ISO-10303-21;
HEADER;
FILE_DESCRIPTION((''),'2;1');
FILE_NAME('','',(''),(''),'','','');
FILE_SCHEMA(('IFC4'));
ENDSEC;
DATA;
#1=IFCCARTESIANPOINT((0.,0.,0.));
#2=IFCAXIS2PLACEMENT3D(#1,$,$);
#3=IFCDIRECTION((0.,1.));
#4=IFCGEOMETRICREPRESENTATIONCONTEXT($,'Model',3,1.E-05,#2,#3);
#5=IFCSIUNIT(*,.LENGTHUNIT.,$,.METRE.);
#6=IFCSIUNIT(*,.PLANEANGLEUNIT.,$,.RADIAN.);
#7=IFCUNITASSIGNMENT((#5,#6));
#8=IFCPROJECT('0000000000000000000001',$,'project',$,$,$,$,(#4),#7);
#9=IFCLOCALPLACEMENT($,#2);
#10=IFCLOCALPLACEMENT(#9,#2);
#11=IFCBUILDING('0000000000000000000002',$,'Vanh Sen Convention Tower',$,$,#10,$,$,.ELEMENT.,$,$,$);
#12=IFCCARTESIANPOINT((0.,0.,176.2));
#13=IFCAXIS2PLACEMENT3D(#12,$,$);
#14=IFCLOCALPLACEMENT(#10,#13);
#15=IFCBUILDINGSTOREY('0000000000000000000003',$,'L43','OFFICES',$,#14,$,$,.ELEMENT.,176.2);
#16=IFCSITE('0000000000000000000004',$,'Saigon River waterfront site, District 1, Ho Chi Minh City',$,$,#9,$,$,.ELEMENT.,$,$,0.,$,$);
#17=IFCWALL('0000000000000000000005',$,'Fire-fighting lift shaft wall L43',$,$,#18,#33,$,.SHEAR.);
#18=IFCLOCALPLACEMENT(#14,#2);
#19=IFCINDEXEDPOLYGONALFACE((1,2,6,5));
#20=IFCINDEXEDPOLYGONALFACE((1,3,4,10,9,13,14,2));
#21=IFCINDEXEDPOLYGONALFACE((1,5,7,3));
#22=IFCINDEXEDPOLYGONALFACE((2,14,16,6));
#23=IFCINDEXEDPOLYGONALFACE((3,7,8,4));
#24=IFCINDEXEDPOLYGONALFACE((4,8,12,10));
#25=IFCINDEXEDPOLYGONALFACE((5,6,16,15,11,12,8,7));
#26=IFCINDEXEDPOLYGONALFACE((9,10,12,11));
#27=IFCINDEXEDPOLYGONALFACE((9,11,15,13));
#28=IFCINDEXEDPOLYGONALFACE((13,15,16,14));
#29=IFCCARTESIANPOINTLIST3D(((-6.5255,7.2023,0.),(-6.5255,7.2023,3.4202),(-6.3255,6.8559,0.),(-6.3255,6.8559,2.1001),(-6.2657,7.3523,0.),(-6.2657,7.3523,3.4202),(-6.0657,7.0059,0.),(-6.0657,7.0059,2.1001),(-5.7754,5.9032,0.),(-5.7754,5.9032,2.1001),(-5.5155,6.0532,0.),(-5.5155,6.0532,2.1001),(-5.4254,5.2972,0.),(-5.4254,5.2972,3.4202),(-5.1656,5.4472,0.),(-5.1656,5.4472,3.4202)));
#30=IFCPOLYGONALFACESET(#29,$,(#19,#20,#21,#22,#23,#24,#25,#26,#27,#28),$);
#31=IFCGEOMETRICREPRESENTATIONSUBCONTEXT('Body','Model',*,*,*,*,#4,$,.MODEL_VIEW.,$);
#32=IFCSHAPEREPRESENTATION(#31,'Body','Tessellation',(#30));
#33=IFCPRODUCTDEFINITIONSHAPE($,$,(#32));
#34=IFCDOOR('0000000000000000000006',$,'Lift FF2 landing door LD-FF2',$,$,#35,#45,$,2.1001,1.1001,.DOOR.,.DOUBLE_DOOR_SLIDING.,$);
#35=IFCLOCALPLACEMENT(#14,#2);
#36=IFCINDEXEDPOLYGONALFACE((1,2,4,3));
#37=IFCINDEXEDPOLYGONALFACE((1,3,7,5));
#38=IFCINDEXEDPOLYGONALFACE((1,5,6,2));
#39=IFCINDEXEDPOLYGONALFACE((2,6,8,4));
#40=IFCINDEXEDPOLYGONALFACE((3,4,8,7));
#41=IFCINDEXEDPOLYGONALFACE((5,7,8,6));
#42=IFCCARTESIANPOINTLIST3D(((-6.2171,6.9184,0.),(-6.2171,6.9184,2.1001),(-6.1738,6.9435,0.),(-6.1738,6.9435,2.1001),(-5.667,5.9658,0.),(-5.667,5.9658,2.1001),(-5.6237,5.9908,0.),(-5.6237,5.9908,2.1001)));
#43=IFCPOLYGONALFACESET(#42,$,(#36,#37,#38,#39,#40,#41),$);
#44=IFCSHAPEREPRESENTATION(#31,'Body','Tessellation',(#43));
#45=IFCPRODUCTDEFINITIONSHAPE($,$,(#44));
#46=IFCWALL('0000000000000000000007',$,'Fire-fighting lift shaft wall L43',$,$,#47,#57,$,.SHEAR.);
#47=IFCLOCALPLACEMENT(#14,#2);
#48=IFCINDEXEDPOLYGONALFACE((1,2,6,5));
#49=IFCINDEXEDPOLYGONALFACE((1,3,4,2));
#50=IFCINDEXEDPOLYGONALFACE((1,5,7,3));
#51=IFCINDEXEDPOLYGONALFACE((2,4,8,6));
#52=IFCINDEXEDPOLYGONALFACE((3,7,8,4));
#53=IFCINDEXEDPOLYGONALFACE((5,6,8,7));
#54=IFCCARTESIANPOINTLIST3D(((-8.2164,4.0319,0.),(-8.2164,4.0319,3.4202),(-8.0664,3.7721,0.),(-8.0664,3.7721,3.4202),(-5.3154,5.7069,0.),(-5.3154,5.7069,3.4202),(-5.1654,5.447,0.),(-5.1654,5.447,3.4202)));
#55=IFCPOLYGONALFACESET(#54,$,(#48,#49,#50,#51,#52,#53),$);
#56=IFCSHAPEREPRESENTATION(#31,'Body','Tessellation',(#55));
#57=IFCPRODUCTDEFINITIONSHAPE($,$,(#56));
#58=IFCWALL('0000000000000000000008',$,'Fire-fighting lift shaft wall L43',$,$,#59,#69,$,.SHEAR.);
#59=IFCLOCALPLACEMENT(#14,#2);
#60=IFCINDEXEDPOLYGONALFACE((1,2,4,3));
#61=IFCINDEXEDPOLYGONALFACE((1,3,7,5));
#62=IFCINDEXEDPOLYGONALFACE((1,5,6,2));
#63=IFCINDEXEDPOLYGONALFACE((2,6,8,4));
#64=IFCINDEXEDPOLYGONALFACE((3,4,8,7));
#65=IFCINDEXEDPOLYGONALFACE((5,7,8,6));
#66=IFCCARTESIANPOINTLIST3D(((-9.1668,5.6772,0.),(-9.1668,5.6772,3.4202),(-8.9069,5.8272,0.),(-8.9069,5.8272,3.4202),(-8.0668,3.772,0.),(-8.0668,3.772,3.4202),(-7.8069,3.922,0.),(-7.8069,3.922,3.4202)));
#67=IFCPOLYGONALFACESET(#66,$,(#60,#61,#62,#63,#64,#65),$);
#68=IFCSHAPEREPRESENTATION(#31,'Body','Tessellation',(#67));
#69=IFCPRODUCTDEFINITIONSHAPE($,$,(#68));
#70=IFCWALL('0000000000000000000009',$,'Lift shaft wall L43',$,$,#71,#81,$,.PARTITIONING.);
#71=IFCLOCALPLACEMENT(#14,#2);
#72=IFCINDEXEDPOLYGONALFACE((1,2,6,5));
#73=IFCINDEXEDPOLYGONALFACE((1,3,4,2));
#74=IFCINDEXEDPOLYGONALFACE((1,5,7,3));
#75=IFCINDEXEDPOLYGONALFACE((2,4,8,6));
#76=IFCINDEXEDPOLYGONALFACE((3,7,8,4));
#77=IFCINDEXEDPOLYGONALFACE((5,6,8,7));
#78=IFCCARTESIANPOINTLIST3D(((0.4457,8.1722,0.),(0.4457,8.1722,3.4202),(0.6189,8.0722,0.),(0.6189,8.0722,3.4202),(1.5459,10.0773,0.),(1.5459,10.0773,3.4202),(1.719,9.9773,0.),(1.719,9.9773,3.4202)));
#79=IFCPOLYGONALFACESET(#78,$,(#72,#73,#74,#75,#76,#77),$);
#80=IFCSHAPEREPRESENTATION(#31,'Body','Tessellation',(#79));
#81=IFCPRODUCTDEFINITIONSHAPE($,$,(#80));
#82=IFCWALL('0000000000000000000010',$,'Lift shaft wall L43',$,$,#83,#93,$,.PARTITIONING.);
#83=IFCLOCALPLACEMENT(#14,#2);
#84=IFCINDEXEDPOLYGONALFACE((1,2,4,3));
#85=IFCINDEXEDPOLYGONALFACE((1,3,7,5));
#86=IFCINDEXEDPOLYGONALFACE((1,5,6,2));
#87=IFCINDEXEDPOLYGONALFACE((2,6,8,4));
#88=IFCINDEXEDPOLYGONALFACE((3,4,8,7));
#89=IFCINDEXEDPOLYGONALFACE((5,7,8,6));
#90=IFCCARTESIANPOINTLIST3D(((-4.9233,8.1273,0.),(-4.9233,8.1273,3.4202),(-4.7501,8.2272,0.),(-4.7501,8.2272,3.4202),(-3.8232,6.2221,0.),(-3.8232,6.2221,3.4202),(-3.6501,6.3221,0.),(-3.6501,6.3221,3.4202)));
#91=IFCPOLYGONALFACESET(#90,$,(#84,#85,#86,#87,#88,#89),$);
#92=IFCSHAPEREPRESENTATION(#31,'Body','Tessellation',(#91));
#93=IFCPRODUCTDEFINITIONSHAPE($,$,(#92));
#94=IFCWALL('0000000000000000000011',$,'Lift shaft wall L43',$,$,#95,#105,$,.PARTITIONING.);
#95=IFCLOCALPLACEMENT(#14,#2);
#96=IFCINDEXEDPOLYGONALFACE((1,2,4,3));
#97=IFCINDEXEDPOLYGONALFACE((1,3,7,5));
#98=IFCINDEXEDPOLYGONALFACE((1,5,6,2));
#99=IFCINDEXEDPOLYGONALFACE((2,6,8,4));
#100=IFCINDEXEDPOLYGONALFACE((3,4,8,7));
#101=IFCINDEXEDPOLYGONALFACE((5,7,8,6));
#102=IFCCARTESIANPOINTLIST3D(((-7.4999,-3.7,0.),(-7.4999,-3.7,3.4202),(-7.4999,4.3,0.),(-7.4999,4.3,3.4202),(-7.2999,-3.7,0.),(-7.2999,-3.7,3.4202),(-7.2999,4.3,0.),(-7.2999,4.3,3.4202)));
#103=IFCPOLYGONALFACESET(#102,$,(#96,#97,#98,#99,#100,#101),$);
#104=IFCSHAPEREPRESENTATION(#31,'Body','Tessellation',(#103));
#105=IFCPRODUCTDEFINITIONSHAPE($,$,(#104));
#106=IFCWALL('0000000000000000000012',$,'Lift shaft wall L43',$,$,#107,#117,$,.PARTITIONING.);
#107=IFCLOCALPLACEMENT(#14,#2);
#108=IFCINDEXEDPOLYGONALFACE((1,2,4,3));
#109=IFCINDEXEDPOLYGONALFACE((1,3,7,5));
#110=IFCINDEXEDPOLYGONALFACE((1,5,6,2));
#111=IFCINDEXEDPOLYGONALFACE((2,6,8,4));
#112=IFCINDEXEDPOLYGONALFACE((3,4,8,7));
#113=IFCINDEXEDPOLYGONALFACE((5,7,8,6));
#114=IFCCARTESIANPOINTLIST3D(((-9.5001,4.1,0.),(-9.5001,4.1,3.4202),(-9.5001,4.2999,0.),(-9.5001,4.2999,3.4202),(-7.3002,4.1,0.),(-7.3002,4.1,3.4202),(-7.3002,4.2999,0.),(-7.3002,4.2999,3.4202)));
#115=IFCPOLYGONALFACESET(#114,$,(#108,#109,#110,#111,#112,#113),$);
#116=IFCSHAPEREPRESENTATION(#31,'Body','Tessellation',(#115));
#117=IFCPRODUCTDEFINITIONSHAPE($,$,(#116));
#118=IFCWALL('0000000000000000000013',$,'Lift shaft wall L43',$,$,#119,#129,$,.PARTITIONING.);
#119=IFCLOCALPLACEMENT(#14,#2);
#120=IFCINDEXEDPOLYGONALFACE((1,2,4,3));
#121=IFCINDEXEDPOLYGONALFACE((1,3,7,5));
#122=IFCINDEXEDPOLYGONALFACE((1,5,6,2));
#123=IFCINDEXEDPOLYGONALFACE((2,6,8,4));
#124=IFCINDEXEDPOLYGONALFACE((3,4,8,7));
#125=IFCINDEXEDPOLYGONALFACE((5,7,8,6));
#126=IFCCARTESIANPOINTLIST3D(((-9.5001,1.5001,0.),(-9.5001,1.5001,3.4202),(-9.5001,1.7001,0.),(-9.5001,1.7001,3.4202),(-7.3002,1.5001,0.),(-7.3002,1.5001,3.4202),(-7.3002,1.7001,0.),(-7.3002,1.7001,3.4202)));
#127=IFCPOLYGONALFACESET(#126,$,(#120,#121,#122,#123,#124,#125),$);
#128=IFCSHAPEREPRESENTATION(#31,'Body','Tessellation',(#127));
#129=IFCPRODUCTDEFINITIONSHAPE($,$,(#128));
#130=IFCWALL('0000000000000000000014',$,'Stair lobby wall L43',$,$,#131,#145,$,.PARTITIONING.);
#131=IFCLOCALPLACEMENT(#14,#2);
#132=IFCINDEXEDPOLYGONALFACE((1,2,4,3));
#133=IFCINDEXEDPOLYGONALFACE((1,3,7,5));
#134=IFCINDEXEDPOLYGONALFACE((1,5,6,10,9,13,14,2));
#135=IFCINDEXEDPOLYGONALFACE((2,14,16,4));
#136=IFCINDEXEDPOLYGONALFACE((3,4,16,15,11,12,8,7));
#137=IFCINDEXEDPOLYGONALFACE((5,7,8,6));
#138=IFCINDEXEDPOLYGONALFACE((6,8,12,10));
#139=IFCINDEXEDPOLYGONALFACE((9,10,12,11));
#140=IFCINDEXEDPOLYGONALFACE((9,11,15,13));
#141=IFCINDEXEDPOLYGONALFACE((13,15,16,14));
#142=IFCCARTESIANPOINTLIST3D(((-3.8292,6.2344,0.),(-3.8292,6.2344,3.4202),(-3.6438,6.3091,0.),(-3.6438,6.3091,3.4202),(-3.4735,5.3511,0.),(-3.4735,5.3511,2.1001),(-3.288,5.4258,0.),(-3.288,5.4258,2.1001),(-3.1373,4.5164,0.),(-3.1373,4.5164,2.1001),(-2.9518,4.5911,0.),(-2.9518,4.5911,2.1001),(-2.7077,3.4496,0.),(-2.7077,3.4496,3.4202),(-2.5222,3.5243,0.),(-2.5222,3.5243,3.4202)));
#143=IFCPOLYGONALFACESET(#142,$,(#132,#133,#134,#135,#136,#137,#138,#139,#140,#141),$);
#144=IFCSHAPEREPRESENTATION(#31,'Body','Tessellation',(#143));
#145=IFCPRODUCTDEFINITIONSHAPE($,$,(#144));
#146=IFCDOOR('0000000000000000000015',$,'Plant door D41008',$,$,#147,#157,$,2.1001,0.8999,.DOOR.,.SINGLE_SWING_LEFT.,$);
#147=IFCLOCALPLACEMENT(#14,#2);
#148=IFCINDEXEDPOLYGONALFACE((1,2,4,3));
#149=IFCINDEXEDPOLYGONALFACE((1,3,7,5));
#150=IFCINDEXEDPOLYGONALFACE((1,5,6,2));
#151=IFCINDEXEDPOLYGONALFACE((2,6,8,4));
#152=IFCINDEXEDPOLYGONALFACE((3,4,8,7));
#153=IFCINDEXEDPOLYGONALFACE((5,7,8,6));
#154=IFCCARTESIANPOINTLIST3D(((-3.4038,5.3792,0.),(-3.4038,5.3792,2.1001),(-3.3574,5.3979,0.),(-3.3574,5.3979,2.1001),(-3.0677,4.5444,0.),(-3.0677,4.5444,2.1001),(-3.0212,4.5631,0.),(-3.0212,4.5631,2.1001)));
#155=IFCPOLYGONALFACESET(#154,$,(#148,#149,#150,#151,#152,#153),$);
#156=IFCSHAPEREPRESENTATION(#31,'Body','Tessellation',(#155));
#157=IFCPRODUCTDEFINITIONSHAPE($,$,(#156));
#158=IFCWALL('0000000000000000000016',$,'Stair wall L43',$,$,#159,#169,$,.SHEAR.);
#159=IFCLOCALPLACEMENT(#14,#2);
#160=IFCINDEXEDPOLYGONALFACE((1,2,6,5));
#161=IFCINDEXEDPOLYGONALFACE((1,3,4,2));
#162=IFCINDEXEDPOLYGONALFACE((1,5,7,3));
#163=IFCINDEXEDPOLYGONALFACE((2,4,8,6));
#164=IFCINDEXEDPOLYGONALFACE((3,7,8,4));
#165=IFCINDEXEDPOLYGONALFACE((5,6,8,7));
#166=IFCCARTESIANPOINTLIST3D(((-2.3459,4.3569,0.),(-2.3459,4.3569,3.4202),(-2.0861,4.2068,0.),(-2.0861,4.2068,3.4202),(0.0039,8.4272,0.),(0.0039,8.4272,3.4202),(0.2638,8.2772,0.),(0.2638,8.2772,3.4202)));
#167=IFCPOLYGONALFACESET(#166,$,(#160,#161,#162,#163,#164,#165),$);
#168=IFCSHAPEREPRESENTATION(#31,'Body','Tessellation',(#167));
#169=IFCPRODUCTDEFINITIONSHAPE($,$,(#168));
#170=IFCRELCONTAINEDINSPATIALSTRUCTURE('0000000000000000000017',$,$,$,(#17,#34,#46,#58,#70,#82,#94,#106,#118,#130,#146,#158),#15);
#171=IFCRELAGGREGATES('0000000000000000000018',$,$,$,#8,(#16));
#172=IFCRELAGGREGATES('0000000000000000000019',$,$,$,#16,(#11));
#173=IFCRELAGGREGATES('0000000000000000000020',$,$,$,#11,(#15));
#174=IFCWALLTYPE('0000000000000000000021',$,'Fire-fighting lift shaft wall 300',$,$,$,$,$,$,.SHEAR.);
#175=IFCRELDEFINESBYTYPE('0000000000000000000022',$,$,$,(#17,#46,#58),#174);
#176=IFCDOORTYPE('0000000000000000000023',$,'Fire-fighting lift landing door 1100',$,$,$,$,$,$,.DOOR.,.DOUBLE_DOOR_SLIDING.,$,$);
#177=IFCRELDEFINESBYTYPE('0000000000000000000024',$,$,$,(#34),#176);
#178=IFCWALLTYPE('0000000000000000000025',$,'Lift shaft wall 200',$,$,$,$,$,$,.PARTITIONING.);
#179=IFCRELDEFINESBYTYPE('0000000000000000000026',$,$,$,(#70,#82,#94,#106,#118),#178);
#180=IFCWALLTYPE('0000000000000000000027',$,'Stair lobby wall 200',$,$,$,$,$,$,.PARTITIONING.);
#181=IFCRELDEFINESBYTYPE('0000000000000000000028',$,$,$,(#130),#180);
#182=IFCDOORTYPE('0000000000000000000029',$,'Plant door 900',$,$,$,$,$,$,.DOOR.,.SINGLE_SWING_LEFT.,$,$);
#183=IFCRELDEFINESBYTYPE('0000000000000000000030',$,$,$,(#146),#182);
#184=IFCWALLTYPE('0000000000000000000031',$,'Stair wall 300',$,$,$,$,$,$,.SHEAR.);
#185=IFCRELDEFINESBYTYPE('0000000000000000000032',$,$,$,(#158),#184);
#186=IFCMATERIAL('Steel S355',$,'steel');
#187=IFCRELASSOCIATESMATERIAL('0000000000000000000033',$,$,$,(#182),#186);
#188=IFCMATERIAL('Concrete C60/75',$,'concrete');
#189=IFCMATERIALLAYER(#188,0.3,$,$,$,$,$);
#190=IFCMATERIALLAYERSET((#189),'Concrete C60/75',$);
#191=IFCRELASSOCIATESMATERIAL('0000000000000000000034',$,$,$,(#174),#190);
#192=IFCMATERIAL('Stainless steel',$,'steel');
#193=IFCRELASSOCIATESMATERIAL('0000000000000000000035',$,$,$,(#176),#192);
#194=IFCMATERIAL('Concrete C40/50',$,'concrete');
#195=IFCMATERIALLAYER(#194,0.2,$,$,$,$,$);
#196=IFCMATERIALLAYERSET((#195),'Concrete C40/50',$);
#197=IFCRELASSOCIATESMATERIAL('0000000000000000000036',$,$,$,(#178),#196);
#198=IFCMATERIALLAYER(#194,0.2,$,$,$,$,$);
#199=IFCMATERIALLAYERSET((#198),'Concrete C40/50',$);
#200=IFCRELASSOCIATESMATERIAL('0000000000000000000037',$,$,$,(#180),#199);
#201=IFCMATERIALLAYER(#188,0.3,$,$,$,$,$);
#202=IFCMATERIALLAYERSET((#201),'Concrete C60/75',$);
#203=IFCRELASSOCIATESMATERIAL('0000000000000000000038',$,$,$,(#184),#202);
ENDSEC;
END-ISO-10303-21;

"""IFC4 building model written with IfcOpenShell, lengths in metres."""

from ifc_helpers import new_model, si_unit, direction, frame, frame_2d, origin, place, context, subcontext, project, spatial, rectangle, extrude, material, layer, layer_set, type_object, element, fill, save


model = new_model("IFC4")

# Units and contexts
model_context = context("Model", 3, precision=1e-05, world=origin(), true_north=direction((0.0, 1.0)))
body_context = subcontext(model_context, "Body", "Model", "MODEL_VIEW")
ifc_project = project(units=[si_unit("LENGTHUNIT", "METRE"), si_unit("PLANEANGLEUNIT", "RADIAN")], contexts=[model_context])

# Site, building, storey
site_placement = place(None, origin())
site = spatial("IfcSite", under=ifc_project, at=site_placement, Name="Saigon River waterfront site, District 1, Ho Chi Minh City", CompositionType="ELEMENT", RefElevation=0.0)
building_placement = place(site_placement, origin())
building = spatial("IfcBuilding", under=site, at=building_placement, Name="Vanh Sen Convention Tower", CompositionType="ELEMENT")
storey_placement = place(building_placement, frame((0.0, 0.0, 176.2)))
storey = spatial("IfcBuildingStorey", under=building, at=storey_placement, Name="L43", Description="OFFICES", CompositionType="ELEMENT", Elevation=176.2)

# Shared definitions
ifc_material_1 = material(Name="Steel S355", Category="steel")
door_type_1 = type_object("IfcDoorType", Name="Plant door 900", OperationType="SINGLE_SWING_LEFT", PredefinedType="DOOR", material=ifc_material_1)
ifc_material_2 = material(Name="Stainless steel", Category="steel")

# Wall, opening, door
ifc_material_3 = material(Name="Concrete C60/75", Category="concrete")
ifc_layer_1 = layer(ifc_material_3, 0.3)
ifc_layer_set_1 = layer_set([ifc_layer_1], Name="Concrete C60/75")
wall_type_1 = type_object("IfcWallType", Name="Fire-fighting lift shaft wall 300", PredefinedType="SHEAR", material=ifc_layer_set_1)
wall_1_placement = place(storey_placement, frame((-5.2954, 5.3721, 0.0), z_axis=(0.0, 0.0, 1.0), x_axis=(-0.500078, 0.86598, 0.0)))
wall_1 = element("IfcWall", 1, at=wall_1_placement, inside=storey, type_object=wall_type_1, Name="Fire-fighting lift shaft wall L43", PredefinedType="SHEAR", context=body_context, shape_type="SweptSolid", body=[
    extrude(rectangle(XDim=2.2, YDim=0.3, at=frame_2d((1.1001, 0.0))), origin(), (0.0, 0.0, 1.0), 3.4202),
])
opening_1_placement = place(wall_1_placement, frame((0.7, 0.0, 0.0)))
opening_1 = element("IfcOpeningElement", 2, at=opening_1_placement, cuts=wall_1, PredefinedType="OPENING", context=body_context, shape_type="SweptSolid", body=[
    extrude(rectangle(XDim=1.1001, YDim=2.1001, at=frame_2d((0.55, 1.05))), frame((0.0, 0.1599, 0.0), z_axis=(0.0, -1.0, 0.0), x_axis=(1.0, 0.0, 0.0)), (0.0, 0.0, 1.0), 0.3201),
])
door_type_2 = type_object("IfcDoorType", Name="Fire-fighting lift landing door 1100", OperationType="DOUBLE_DOOR_SLIDING", PredefinedType="DOOR", material=ifc_material_2)
door_1_placement = place(opening_1_placement, origin())
door_1 = element("IfcDoor", 3, at=door_1_placement, inside=storey, type_object=door_type_2, Name="Lift FF2 landing door LD-FF2", OperationType="DOUBLE_DOOR_SLIDING", OverallHeight=2.1001, OverallWidth=1.1001, PredefinedType="DOOR", context=body_context, shape_type="SweptSolid", body=[
    extrude(rectangle(XDim=1.1001, YDim=2.1001, at=frame_2d((0.55, 1.05))), frame((0.0, 0.0249, 0.0), z_axis=(0.0, -1.0, 0.0), x_axis=(1.0, 0.0, 0.0)), (0.0, 0.0, 1.0), 0.05),
])
fill(opening_1, door_1)

# Walls
wall_2_placement = place(storey_placement, frame((-5.2405, 5.5769, 0.0), z_axis=(0.0, 0.0, 1.0), x_axis=(-0.866014, -0.500019, 0.0)))
element("IfcWall", 4, at=wall_2_placement, inside=storey, type_object=wall_type_1, Name="Fire-fighting lift shaft wall L43", PredefinedType="SHEAR", context=body_context, shape_type="SweptSolid", body=[
    extrude(rectangle(XDim=3.3499, YDim=0.3, at=frame_2d((1.6748, 0.0))), origin(), (0.0, 0.0, 1.0), 3.4202),
])
wall_3_placement = place(storey_placement, frame((-7.9368, 3.8469, 0.0), z_axis=(0.0, 0.0, 1.0), x_axis=(-0.50003, 0.866008, 0.0)))
element("IfcWall", 5, at=wall_3_placement, inside=storey, type_object=wall_type_1, Name="Fire-fighting lift shaft wall L43", PredefinedType="SHEAR", context=body_context, shape_type="SweptSolid", body=[
    extrude(rectangle(XDim=2.2, YDim=0.3, at=frame_2d((1.1001, 0.0))), origin(), (0.0, 0.0, 1.0), 3.4202),
])
ifc_material_4 = material(Name="Concrete C40/50", Category="concrete")
ifc_layer_2 = layer(ifc_material_4, 0.2)
ifc_layer_set_2 = layer_set([ifc_layer_2], Name="Concrete C40/50")
wall_type_2 = type_object("IfcWallType", Name="Lift shaft wall 200", PredefinedType="PARTITIONING", material=ifc_layer_set_2)
for number, where, z_axis, x_axis, name in (
    (6, (0.5322, 8.1221, 0.0), (0.0, 0.0, 1.0), (0.500078, 0.86598, 0.0), "Lift shaft wall L43"),
    (7, (-3.7366, 6.272, 0.0), (0.0, 0.0, 1.0), (-0.50003, 0.866008, 0.0), "Lift shaft wall L43"),
):
    element("IfcWall", number, at=place(storey_placement, frame(where, z_axis=z_axis, x_axis=x_axis)), inside=storey, type_object=wall_type_2, Name=name, PredefinedType="PARTITIONING", context=body_context, shape_type="SweptSolid", body=[
        extrude(rectangle(XDim=2.2, YDim=0.2, at=frame_2d((1.1001, 0.0))), origin(), (0.0, 0.0, 1.0), 3.4202),
    ])
wall_4_placement = place(storey_placement, frame((-7.3999, 4.3, 0.0), z_axis=(0.0, 0.0, 1.0), x_axis=(0.0, -1.0, 0.0)))
element("IfcWall", 8, at=wall_4_placement, inside=storey, type_object=wall_type_2, Name="Lift shaft wall L43", PredefinedType="PARTITIONING", context=body_context, shape_type="SweptSolid", body=[
    extrude(rectangle(XDim=8.0, YDim=0.2, at=frame_2d((4.0, 0.0))), origin(), (0.0, 0.0, 1.0), 3.4202),
])
for number, where, z_axis, x_axis, name in (
    (9, (-7.3, 4.2, 0.0), (0.0, 0.0, 1.0), (-1.0, 0.0, 0.0), "Lift shaft wall L43"),
    (10, (-7.3, 1.6001, 0.0), (0.0, 0.0, 1.0), (-1.0, 0.0, 0.0), "Lift shaft wall L43"),
):
    element("IfcWall", number, at=place(storey_placement, frame(where, z_axis=z_axis, x_axis=x_axis)), inside=storey, type_object=wall_type_2, Name=name, PredefinedType="PARTITIONING", context=body_context, shape_type="SweptSolid", body=[
        extrude(rectangle(XDim=2.2, YDim=0.2, at=frame_2d((1.1001, 0.0))), origin(), (0.0, 0.0, 1.0), 3.4202),
    ])

# Wall, opening, door
ifc_layer_3 = layer(ifc_material_4, 0.2)
ifc_layer_set_3 = layer_set([ifc_layer_3], Name="Concrete C40/50")
wall_type_3 = type_object("IfcWallType", Name="Stair lobby wall 200", PredefinedType="PARTITIONING", material=ifc_layer_set_3)
wall_5_placement = place(storey_placement, frame((-2.615, 3.4871, 0.0), z_axis=(0.0, 0.0, 1.0), x_axis=(-0.373577, 0.927599, 0.0)))
wall_5 = element("IfcWall", 11, at=wall_5_placement, inside=storey, type_object=wall_type_3, Name="Stair lobby wall L43", PredefinedType="PARTITIONING", context=body_context, shape_type="SweptSolid", body=[
    extrude(rectangle(XDim=3.0022, YDim=0.2, at=frame_2d((1.501, 0.0))), origin(), (0.0, 0.0, 1.0), 3.4202),
])
opening_2_placement = place(wall_5_placement, frame((1.1499, 0.0, 0.0)))
opening_2 = element("IfcOpeningElement", 12, at=opening_2_placement, cuts=wall_5, PredefinedType="OPENING", context=body_context, shape_type="SweptSolid", body=[
    extrude(rectangle(XDim=0.8999, YDim=2.1001, at=frame_2d((0.45, 1.05))), frame((0.0, 0.1099, 0.0), z_axis=(0.0, -1.0, 0.0), x_axis=(1.0, 0.0, 0.0)), (0.0, 0.0, 1.0), 0.22),
])
door_2_placement = place(opening_2_placement, origin())
door_2 = element("IfcDoor", 13, at=door_2_placement, inside=storey, type_object=door_type_1, Name="Plant door D41008", OperationType="SINGLE_SWING_LEFT", OverallHeight=2.1001, OverallWidth=0.8999, PredefinedType="DOOR", context=body_context, shape_type="SweptSolid", body=[
    extrude(rectangle(XDim=0.8999, YDim=2.1001, at=frame_2d((0.45, 1.05))), frame((0.0, 0.0249, 0.0), z_axis=(0.0, -1.0, 0.0), x_axis=(1.0, 0.0, 0.0)), (0.0, 0.0, 1.0), 0.05),
])
fill(opening_2, door_2)

# Wall
ifc_layer_4 = layer(ifc_material_3, 0.3)
ifc_layer_set_4 = layer_set([ifc_layer_4], Name="Concrete C60/75")
wall_type_4 = type_object("IfcWallType", Name="Stair wall 300", PredefinedType="SHEAR", material=ifc_layer_set_4)
wall_6_placement = place(storey_placement, frame((-2.2161, 4.2817, 0.0), z_axis=(0.0, 0.0, 1.0), x_axis=(0.499977, 0.866039, 0.0)))
element("IfcWall", 14, at=wall_6_placement, inside=storey, type_object=wall_type_4, Name="Stair wall L43", PredefinedType="SHEAR", context=body_context, shape_type="SweptSolid", body=[
    extrude(rectangle(XDim=4.7, YDim=0.3, at=frame_2d((2.3501, 0.0))), origin(), (0.0, 0.0, 1.0), 3.4202),
])

save(model, "model.ifc")
